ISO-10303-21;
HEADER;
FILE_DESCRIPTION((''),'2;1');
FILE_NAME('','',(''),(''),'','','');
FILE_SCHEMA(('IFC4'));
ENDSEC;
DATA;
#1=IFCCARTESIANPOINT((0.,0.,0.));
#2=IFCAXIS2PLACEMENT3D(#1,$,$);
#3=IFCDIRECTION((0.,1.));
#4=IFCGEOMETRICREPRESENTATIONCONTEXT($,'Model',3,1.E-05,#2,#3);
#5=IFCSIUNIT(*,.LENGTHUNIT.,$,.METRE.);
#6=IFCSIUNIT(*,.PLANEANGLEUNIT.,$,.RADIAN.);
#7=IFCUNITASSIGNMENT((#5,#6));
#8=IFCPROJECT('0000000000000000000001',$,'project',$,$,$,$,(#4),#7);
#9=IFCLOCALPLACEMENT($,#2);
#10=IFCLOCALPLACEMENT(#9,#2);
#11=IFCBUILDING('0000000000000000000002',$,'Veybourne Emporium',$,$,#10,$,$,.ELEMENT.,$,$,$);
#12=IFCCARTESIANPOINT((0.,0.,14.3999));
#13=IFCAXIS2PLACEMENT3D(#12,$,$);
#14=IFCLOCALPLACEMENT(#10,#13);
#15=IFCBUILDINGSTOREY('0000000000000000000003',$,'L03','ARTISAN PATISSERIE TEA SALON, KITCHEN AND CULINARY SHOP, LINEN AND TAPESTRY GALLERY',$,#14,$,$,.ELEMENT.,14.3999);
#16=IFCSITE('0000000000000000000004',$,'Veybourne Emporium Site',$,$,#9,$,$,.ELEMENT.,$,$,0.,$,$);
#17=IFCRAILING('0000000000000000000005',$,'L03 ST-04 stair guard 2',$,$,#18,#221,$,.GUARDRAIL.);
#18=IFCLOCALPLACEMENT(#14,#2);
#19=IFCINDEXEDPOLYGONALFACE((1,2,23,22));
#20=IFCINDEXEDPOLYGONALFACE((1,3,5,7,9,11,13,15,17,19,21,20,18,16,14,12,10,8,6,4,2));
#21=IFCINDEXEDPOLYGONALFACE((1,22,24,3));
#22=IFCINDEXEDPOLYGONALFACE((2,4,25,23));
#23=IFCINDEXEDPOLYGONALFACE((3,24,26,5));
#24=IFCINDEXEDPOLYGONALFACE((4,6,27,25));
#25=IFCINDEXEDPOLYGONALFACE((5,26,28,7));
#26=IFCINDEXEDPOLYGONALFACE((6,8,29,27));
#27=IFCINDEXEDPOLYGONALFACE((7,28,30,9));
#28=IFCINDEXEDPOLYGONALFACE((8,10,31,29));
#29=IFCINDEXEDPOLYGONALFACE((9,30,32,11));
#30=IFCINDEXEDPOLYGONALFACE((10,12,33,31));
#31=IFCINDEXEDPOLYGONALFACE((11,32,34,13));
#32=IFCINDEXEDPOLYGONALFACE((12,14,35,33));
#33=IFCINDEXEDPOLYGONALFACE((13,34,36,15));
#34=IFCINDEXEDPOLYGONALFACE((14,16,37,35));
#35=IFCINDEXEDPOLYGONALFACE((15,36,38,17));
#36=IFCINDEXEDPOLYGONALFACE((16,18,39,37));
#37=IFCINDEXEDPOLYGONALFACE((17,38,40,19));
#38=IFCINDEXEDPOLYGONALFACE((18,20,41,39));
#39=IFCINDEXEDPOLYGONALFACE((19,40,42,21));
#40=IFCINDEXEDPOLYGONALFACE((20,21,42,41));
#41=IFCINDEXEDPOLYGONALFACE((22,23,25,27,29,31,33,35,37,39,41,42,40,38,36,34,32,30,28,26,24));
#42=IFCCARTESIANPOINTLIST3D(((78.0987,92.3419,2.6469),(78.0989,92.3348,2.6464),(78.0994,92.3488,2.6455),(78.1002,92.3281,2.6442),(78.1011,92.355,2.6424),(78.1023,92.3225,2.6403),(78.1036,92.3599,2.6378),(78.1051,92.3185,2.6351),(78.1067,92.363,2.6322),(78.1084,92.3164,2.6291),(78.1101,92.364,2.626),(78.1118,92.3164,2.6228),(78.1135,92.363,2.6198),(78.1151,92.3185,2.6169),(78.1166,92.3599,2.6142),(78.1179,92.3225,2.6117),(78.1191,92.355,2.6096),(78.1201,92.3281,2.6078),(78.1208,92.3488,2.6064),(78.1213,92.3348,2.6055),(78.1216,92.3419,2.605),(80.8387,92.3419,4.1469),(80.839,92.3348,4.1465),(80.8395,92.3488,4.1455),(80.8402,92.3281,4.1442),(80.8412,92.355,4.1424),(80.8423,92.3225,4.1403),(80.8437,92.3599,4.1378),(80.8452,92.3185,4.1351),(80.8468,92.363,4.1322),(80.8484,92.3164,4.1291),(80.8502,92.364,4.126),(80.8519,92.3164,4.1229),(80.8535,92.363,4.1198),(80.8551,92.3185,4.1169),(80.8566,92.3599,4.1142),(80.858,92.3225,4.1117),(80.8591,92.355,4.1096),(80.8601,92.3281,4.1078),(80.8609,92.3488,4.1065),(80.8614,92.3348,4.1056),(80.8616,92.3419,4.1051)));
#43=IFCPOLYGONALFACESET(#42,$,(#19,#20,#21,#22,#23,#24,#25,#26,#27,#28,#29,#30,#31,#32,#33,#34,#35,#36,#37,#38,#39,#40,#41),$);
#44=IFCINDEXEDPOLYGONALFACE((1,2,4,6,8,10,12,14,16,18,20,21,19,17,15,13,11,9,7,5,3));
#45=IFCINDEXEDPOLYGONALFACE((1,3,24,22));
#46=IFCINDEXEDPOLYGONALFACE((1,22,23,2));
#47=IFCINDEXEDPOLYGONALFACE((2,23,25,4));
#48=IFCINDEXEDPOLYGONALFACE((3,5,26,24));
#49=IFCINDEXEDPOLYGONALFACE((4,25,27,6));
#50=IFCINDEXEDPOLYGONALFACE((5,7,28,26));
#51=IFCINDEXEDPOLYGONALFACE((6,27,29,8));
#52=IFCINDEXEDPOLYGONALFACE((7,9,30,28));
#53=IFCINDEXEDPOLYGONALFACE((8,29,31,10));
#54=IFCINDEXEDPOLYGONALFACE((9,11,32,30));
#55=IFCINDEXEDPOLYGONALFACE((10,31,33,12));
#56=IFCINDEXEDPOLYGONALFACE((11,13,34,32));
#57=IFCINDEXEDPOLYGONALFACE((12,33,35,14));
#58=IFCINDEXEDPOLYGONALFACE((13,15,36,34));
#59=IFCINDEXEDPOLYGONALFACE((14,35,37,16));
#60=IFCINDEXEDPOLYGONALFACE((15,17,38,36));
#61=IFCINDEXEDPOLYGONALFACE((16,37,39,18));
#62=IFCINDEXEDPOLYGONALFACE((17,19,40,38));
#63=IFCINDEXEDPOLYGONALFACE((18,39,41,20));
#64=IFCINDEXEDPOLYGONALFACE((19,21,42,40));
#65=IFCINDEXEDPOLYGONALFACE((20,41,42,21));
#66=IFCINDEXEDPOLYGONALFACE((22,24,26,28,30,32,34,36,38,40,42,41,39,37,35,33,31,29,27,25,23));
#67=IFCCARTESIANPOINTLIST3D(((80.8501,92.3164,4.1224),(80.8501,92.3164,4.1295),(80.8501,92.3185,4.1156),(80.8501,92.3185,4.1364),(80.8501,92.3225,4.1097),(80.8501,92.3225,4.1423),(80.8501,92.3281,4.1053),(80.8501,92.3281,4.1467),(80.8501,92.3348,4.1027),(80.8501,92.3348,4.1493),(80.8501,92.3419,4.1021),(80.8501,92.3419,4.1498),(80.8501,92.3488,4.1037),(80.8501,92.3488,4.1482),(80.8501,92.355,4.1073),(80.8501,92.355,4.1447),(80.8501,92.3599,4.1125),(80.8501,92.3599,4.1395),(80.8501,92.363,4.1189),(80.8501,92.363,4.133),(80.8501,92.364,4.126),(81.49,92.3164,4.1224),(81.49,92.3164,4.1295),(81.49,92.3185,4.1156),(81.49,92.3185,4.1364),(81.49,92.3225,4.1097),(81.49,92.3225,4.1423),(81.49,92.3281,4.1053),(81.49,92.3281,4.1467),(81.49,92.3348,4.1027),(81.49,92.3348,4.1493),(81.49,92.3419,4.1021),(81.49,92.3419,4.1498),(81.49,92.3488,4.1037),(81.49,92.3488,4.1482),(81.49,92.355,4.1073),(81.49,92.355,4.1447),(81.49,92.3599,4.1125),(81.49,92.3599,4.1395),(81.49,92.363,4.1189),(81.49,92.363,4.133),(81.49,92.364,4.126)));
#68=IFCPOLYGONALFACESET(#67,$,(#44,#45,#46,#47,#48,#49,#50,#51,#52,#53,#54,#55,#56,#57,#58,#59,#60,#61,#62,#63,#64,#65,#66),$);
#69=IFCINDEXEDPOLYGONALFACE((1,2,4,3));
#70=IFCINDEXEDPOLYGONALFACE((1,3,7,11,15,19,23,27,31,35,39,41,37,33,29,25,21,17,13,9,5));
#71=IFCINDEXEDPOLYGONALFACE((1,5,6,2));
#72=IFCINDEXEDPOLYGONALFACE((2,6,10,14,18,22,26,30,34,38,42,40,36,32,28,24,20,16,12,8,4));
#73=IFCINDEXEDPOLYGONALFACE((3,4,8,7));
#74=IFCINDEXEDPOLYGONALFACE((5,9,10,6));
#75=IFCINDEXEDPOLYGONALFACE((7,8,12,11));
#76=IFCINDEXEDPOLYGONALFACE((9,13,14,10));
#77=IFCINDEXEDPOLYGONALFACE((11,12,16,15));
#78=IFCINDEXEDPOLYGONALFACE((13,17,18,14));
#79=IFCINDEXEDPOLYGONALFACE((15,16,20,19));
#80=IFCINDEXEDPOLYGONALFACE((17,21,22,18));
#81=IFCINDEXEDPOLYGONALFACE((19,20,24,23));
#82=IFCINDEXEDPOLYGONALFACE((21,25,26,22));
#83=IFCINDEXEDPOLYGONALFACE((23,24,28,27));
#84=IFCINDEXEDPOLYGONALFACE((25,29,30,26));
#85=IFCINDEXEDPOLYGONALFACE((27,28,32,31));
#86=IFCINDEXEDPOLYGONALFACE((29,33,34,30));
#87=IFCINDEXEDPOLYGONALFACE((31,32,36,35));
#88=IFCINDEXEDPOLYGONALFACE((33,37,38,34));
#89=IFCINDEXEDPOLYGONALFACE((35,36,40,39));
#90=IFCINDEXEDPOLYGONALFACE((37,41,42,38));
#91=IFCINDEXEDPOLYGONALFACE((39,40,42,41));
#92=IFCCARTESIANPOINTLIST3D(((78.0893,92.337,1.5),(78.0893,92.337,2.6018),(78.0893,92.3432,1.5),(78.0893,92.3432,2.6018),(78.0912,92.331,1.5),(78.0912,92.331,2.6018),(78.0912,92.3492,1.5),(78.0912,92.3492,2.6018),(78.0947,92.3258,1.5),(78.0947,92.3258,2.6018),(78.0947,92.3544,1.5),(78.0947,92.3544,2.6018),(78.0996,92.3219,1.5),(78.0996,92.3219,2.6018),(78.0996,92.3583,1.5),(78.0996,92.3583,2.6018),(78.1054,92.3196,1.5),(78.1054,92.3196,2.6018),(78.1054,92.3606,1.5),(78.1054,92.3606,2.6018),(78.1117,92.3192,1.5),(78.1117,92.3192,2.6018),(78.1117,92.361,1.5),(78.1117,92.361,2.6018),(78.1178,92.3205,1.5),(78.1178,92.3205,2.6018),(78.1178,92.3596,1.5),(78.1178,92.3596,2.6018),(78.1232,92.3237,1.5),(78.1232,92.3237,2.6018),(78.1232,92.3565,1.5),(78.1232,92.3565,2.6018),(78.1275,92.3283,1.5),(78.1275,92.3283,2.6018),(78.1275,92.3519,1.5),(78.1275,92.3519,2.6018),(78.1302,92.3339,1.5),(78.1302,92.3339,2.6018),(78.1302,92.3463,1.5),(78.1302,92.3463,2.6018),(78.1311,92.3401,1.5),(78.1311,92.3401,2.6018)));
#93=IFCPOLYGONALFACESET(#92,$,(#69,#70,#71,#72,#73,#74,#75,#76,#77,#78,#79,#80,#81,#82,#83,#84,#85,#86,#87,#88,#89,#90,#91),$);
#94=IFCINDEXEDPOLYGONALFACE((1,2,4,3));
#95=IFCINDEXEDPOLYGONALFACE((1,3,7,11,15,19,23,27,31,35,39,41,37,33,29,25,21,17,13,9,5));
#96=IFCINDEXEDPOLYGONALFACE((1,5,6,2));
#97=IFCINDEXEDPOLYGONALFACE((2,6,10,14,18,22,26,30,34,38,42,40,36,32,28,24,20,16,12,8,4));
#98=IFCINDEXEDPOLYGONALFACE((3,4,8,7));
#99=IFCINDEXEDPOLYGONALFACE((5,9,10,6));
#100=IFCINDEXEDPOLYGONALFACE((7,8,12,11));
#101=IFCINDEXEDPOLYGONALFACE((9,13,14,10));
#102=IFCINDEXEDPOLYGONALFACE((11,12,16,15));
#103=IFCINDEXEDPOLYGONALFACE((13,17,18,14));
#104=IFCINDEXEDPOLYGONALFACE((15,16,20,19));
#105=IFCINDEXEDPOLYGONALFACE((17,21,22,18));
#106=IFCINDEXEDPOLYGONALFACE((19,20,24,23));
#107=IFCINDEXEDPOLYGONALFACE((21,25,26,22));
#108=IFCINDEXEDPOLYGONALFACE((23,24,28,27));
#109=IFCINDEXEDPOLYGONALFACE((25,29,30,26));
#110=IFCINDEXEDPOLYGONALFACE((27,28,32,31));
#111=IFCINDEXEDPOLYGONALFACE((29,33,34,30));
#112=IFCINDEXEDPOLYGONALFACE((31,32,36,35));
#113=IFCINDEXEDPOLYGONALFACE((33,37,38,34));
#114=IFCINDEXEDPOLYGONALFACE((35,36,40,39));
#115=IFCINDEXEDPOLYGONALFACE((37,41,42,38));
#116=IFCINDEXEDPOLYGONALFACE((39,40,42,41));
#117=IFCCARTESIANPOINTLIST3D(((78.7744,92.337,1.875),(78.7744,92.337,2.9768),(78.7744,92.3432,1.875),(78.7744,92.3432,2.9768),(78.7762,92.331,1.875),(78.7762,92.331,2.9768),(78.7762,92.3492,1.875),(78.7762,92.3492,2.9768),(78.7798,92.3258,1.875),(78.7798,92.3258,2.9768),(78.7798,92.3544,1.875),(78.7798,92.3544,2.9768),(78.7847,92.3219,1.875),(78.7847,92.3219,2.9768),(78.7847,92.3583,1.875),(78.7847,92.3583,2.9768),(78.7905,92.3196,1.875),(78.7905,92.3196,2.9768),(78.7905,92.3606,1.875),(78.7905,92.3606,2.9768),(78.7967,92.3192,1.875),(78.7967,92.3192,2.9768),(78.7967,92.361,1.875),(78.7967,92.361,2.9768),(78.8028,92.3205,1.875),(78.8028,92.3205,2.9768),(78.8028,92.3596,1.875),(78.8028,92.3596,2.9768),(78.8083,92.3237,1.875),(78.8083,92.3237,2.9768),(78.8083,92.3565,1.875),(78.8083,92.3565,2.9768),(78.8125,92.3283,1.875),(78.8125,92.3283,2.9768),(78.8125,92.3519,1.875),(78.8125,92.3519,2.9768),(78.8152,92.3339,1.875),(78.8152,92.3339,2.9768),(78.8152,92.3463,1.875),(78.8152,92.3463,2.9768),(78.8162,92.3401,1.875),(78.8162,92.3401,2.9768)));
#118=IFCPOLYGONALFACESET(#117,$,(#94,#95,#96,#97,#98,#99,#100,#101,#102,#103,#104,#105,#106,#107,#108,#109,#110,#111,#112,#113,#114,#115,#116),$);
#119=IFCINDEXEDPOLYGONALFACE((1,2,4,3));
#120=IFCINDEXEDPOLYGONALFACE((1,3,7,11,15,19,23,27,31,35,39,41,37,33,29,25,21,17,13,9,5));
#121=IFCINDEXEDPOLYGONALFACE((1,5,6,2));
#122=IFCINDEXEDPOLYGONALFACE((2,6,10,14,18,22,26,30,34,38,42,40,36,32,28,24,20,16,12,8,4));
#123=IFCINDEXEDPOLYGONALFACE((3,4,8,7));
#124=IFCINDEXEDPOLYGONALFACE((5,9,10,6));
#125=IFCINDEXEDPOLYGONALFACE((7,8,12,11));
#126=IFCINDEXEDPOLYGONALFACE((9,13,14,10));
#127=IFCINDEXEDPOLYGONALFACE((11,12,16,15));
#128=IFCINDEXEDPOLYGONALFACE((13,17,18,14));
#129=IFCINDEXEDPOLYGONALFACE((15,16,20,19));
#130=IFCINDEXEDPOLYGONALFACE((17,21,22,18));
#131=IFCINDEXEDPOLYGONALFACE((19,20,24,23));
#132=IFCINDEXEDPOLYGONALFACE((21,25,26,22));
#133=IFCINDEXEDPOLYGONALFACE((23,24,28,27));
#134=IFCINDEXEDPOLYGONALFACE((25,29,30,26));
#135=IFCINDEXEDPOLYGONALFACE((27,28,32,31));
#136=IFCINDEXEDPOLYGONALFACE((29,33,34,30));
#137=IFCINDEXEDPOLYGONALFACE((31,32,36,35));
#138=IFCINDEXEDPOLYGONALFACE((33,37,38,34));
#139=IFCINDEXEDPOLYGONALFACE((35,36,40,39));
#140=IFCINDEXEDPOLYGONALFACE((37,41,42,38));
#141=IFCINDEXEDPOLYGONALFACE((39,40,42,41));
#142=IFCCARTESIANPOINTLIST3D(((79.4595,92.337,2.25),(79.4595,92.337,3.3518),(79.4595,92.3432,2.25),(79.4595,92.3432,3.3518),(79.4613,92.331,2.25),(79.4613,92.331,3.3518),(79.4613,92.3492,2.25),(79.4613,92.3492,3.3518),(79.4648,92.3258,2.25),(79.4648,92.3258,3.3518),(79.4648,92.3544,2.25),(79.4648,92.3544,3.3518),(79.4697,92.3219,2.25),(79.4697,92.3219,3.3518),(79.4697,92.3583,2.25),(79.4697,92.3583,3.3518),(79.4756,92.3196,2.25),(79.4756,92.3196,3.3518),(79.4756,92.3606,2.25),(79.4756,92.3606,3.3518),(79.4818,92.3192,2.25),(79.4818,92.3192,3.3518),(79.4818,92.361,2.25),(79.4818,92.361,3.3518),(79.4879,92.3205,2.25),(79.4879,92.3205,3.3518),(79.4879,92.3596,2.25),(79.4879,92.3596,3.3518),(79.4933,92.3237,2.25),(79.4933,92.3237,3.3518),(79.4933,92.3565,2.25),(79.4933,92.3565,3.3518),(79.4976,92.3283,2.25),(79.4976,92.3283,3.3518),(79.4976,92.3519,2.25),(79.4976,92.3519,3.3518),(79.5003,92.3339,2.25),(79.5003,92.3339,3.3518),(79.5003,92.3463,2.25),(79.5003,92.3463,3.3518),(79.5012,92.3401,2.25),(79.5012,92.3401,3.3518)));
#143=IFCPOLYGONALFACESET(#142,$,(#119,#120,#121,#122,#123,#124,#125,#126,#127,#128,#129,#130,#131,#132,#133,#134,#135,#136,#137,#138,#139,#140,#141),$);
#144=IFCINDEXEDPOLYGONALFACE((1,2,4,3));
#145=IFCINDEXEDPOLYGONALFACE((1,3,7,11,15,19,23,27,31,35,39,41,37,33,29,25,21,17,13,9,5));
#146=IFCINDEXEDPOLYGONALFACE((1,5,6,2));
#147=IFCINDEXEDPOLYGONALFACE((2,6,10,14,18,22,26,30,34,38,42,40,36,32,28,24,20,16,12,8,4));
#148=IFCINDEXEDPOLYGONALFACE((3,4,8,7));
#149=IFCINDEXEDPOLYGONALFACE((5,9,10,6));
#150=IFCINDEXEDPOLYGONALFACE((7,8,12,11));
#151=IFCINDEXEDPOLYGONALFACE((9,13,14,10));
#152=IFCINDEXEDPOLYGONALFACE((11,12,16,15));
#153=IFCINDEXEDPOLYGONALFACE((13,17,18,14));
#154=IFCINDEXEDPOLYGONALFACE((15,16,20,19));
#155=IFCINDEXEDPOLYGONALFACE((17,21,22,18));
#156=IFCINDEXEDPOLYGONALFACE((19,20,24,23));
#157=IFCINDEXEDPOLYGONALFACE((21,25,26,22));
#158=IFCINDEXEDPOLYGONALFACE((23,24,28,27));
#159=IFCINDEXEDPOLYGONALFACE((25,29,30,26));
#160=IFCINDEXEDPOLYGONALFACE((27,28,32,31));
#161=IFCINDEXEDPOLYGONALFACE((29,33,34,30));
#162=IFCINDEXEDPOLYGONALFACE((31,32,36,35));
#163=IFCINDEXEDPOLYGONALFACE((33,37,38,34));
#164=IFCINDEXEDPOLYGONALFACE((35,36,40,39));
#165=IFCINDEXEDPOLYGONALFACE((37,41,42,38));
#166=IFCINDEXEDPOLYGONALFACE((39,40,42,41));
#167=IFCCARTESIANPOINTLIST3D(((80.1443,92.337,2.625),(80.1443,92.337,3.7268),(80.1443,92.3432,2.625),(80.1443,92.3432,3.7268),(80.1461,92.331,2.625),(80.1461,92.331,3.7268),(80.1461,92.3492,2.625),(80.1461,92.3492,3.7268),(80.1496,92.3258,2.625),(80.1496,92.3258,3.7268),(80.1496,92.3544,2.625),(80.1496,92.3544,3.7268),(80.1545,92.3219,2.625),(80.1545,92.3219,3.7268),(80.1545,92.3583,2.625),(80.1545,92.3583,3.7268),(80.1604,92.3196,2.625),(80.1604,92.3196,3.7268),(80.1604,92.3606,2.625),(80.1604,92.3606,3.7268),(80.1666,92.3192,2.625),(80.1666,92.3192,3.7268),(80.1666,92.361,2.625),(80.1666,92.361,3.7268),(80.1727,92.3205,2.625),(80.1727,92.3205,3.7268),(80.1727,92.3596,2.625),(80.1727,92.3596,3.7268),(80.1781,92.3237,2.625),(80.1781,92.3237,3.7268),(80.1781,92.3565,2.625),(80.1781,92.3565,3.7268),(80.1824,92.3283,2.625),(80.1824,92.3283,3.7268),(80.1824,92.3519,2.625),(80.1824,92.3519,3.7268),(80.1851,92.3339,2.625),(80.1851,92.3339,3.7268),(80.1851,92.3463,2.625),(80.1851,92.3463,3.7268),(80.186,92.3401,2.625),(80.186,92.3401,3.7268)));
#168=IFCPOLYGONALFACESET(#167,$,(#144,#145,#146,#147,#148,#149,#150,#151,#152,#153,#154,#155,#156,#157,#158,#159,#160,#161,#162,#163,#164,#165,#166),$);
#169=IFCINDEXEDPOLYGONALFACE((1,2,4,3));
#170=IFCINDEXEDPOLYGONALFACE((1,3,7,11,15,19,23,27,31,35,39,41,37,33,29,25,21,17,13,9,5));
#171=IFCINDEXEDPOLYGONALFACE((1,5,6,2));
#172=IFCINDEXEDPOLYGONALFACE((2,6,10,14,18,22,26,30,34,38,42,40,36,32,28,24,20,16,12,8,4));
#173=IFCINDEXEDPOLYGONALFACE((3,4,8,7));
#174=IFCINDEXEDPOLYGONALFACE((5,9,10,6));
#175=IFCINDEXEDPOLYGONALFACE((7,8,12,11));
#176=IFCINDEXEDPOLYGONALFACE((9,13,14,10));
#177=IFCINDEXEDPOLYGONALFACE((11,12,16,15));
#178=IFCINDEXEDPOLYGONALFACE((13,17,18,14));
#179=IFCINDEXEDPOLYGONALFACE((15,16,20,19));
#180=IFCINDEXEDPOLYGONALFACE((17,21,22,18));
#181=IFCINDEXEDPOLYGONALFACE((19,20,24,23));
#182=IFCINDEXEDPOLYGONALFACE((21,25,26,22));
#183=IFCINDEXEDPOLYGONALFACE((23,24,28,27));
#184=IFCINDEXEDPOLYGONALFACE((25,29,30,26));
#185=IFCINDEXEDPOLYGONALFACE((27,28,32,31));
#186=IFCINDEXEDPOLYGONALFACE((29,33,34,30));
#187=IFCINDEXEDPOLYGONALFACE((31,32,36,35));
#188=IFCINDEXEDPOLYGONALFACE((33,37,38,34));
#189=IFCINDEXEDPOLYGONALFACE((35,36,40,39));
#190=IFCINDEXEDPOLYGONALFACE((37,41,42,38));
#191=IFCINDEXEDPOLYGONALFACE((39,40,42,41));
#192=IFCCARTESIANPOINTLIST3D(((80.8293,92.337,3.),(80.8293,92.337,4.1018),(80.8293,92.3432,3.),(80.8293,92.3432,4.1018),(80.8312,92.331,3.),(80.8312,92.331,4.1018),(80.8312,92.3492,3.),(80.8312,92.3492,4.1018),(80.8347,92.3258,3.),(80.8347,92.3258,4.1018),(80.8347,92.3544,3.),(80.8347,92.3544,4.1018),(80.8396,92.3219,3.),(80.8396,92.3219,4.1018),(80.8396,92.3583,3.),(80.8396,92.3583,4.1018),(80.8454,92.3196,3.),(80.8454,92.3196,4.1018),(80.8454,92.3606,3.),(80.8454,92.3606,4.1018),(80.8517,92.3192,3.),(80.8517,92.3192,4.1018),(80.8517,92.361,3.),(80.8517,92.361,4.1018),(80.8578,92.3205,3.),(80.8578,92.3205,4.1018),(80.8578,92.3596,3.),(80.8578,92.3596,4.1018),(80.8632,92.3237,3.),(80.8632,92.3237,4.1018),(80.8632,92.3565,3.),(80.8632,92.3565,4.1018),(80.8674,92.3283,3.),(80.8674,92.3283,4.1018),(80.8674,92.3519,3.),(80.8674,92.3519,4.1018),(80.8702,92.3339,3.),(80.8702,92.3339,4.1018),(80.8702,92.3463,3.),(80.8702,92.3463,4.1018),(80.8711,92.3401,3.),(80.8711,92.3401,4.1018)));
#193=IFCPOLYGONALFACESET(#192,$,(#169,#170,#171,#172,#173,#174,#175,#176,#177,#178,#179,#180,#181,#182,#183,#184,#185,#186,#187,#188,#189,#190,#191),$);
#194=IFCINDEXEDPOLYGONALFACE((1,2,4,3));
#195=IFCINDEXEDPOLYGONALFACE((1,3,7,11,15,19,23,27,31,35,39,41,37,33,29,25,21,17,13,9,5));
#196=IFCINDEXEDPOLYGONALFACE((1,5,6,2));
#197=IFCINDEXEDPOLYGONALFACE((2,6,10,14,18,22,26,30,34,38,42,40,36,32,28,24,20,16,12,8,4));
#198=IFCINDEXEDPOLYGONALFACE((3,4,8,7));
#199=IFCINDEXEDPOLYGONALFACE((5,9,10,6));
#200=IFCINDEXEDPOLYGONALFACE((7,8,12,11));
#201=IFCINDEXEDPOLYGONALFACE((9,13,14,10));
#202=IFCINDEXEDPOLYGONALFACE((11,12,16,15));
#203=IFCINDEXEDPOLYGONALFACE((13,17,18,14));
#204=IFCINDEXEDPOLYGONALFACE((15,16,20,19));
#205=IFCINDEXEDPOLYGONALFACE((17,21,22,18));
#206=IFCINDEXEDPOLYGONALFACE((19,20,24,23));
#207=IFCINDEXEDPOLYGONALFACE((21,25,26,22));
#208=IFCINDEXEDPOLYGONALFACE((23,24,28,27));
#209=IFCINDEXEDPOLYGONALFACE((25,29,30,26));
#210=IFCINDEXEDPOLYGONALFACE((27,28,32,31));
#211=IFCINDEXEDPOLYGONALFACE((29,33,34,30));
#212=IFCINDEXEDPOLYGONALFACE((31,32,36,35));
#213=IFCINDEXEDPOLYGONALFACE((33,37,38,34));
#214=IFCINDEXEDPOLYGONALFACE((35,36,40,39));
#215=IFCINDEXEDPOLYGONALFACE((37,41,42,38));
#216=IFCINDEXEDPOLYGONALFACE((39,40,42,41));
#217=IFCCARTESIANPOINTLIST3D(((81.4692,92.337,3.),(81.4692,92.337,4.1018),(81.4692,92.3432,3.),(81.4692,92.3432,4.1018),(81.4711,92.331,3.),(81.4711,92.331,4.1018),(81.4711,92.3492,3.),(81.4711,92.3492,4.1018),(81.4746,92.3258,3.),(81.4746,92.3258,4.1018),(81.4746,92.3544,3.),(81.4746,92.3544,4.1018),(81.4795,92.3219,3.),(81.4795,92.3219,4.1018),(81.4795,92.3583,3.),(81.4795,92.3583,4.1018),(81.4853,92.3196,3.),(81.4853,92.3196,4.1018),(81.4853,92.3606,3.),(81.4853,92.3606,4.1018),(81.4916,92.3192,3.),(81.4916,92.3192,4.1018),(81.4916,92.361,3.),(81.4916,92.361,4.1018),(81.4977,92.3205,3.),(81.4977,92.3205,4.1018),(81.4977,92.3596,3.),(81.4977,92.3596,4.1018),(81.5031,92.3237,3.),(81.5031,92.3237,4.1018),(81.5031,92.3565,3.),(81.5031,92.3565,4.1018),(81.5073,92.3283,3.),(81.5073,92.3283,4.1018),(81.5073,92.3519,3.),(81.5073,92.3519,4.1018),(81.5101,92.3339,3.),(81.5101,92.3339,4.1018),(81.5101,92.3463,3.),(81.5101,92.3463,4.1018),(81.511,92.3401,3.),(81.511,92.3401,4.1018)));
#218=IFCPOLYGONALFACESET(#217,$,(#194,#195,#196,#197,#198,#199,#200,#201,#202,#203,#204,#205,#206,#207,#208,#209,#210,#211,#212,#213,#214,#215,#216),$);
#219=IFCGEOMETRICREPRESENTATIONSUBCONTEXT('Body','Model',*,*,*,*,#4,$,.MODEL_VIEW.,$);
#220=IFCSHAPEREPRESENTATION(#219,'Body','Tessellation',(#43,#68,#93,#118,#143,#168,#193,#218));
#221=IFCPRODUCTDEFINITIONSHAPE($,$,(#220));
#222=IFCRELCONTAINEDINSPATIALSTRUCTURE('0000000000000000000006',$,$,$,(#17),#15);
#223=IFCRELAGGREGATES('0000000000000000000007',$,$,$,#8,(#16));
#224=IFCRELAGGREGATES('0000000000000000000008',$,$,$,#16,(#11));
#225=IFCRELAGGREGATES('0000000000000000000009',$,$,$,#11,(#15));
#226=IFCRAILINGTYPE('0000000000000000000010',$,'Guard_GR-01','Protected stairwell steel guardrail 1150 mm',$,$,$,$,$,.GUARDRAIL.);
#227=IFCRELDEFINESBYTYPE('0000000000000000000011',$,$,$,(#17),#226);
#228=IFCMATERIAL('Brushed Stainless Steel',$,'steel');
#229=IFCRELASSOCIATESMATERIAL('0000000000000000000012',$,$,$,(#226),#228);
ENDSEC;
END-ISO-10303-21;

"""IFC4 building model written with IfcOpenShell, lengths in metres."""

from ifc_helpers import new_model, si_unit, direction, frame, origin, origin_2d, place, context, subcontext, project, spatial, circle, extrude, material, type_object, element, save


model = new_model("IFC4")

# Units and contexts
model_context = context("Model", 3, precision=1e-05, world=origin(), true_north=direction((0.0, 1.0)))
body_context = subcontext(model_context, "Body", "Model", "MODEL_VIEW")
ifc_project = project(units=[si_unit("LENGTHUNIT", "METRE"), si_unit("PLANEANGLEUNIT", "RADIAN")], contexts=[model_context])

# Site, building, storey
site_placement = place(None, origin())
site = spatial("IfcSite", under=ifc_project, at=site_placement, Name="Veybourne Emporium Site", CompositionType="ELEMENT", RefElevation=0.0)
building_placement = place(site_placement, origin())
building = spatial("IfcBuilding", under=site, at=building_placement, Name="Veybourne Emporium", CompositionType="ELEMENT")
storey_placement = place(building_placement, frame((0.0, 0.0, 14.3999)))
storey = spatial("IfcBuildingStorey", under=building, at=storey_placement, Name="L03", Description="ARTISAN PATISSERIE TEA SALON, KITCHEN AND CULINARY SHOP, LINEN AND TAPESTRY GALLERY", CompositionType="ELEMENT", Elevation=14.3999)

# Railing
ifc_material_1 = material(Name="Brushed Stainless Steel", Category="steel")
railing_type_1 = type_object("IfcRailingType", Name="Guard_GR-01", Description="Protected stairwell steel guardrail 1150 mm", PredefinedType="GUARDRAIL", material=ifc_material_1)
railing_1_placement = place(storey_placement, frame((78.1101, 92.3401, 1.5)))
element("IfcRailing", 1, at=railing_1_placement, inside=storey, type_object=railing_type_1, Name="L03 ST-04 stair guard 2", PredefinedType="GUARDRAIL", context=body_context, shape_type="SweptSolid", body=[
    extrude(circle(Radius=0.0239, at=origin_2d()), frame((0.0, 0.0, 1.126), z_axis=(0.87716, 0.0, 0.480199), x_axis=(0.0, 1.0, 0.0)), (0.0, 0.0, 1.0), 3.1238),
    extrude(circle(Radius=0.0239, at=origin_2d()), frame((2.74, 0.0, 2.626), z_axis=(1.0, 0.0, 0.0), x_axis=(0.0, 1.0, 0.0)), (0.0, 0.0, 1.0), 0.6399),
    extrude(circle(Radius=0.021, at=origin_2d()), origin(), (0.0, 0.0, 1.0), 1.1018),
    extrude(circle(Radius=0.021, at=origin_2d()), frame((0.6851, 0.0, 0.375)), (0.0, 0.0, 1.0), 1.1018),
    extrude(circle(Radius=0.021, at=origin_2d()), frame((1.3701, 0.0, 0.75)), (0.0, 0.0, 1.0), 1.1018),
    extrude(circle(Radius=0.021, at=origin_2d()), frame((2.0549, 0.0, 1.125)), (0.0, 0.0, 1.0), 1.1018),
    extrude(circle(Radius=0.021, at=origin_2d()), frame((2.74, 0.0, 1.5)), (0.0, 0.0, 1.0), 1.1018),
    extrude(circle(Radius=0.021, at=origin_2d()), frame((3.3799, 0.0, 1.5)), (0.0, 0.0, 1.0), 1.1018),
])

save(model, "model.ifc")
